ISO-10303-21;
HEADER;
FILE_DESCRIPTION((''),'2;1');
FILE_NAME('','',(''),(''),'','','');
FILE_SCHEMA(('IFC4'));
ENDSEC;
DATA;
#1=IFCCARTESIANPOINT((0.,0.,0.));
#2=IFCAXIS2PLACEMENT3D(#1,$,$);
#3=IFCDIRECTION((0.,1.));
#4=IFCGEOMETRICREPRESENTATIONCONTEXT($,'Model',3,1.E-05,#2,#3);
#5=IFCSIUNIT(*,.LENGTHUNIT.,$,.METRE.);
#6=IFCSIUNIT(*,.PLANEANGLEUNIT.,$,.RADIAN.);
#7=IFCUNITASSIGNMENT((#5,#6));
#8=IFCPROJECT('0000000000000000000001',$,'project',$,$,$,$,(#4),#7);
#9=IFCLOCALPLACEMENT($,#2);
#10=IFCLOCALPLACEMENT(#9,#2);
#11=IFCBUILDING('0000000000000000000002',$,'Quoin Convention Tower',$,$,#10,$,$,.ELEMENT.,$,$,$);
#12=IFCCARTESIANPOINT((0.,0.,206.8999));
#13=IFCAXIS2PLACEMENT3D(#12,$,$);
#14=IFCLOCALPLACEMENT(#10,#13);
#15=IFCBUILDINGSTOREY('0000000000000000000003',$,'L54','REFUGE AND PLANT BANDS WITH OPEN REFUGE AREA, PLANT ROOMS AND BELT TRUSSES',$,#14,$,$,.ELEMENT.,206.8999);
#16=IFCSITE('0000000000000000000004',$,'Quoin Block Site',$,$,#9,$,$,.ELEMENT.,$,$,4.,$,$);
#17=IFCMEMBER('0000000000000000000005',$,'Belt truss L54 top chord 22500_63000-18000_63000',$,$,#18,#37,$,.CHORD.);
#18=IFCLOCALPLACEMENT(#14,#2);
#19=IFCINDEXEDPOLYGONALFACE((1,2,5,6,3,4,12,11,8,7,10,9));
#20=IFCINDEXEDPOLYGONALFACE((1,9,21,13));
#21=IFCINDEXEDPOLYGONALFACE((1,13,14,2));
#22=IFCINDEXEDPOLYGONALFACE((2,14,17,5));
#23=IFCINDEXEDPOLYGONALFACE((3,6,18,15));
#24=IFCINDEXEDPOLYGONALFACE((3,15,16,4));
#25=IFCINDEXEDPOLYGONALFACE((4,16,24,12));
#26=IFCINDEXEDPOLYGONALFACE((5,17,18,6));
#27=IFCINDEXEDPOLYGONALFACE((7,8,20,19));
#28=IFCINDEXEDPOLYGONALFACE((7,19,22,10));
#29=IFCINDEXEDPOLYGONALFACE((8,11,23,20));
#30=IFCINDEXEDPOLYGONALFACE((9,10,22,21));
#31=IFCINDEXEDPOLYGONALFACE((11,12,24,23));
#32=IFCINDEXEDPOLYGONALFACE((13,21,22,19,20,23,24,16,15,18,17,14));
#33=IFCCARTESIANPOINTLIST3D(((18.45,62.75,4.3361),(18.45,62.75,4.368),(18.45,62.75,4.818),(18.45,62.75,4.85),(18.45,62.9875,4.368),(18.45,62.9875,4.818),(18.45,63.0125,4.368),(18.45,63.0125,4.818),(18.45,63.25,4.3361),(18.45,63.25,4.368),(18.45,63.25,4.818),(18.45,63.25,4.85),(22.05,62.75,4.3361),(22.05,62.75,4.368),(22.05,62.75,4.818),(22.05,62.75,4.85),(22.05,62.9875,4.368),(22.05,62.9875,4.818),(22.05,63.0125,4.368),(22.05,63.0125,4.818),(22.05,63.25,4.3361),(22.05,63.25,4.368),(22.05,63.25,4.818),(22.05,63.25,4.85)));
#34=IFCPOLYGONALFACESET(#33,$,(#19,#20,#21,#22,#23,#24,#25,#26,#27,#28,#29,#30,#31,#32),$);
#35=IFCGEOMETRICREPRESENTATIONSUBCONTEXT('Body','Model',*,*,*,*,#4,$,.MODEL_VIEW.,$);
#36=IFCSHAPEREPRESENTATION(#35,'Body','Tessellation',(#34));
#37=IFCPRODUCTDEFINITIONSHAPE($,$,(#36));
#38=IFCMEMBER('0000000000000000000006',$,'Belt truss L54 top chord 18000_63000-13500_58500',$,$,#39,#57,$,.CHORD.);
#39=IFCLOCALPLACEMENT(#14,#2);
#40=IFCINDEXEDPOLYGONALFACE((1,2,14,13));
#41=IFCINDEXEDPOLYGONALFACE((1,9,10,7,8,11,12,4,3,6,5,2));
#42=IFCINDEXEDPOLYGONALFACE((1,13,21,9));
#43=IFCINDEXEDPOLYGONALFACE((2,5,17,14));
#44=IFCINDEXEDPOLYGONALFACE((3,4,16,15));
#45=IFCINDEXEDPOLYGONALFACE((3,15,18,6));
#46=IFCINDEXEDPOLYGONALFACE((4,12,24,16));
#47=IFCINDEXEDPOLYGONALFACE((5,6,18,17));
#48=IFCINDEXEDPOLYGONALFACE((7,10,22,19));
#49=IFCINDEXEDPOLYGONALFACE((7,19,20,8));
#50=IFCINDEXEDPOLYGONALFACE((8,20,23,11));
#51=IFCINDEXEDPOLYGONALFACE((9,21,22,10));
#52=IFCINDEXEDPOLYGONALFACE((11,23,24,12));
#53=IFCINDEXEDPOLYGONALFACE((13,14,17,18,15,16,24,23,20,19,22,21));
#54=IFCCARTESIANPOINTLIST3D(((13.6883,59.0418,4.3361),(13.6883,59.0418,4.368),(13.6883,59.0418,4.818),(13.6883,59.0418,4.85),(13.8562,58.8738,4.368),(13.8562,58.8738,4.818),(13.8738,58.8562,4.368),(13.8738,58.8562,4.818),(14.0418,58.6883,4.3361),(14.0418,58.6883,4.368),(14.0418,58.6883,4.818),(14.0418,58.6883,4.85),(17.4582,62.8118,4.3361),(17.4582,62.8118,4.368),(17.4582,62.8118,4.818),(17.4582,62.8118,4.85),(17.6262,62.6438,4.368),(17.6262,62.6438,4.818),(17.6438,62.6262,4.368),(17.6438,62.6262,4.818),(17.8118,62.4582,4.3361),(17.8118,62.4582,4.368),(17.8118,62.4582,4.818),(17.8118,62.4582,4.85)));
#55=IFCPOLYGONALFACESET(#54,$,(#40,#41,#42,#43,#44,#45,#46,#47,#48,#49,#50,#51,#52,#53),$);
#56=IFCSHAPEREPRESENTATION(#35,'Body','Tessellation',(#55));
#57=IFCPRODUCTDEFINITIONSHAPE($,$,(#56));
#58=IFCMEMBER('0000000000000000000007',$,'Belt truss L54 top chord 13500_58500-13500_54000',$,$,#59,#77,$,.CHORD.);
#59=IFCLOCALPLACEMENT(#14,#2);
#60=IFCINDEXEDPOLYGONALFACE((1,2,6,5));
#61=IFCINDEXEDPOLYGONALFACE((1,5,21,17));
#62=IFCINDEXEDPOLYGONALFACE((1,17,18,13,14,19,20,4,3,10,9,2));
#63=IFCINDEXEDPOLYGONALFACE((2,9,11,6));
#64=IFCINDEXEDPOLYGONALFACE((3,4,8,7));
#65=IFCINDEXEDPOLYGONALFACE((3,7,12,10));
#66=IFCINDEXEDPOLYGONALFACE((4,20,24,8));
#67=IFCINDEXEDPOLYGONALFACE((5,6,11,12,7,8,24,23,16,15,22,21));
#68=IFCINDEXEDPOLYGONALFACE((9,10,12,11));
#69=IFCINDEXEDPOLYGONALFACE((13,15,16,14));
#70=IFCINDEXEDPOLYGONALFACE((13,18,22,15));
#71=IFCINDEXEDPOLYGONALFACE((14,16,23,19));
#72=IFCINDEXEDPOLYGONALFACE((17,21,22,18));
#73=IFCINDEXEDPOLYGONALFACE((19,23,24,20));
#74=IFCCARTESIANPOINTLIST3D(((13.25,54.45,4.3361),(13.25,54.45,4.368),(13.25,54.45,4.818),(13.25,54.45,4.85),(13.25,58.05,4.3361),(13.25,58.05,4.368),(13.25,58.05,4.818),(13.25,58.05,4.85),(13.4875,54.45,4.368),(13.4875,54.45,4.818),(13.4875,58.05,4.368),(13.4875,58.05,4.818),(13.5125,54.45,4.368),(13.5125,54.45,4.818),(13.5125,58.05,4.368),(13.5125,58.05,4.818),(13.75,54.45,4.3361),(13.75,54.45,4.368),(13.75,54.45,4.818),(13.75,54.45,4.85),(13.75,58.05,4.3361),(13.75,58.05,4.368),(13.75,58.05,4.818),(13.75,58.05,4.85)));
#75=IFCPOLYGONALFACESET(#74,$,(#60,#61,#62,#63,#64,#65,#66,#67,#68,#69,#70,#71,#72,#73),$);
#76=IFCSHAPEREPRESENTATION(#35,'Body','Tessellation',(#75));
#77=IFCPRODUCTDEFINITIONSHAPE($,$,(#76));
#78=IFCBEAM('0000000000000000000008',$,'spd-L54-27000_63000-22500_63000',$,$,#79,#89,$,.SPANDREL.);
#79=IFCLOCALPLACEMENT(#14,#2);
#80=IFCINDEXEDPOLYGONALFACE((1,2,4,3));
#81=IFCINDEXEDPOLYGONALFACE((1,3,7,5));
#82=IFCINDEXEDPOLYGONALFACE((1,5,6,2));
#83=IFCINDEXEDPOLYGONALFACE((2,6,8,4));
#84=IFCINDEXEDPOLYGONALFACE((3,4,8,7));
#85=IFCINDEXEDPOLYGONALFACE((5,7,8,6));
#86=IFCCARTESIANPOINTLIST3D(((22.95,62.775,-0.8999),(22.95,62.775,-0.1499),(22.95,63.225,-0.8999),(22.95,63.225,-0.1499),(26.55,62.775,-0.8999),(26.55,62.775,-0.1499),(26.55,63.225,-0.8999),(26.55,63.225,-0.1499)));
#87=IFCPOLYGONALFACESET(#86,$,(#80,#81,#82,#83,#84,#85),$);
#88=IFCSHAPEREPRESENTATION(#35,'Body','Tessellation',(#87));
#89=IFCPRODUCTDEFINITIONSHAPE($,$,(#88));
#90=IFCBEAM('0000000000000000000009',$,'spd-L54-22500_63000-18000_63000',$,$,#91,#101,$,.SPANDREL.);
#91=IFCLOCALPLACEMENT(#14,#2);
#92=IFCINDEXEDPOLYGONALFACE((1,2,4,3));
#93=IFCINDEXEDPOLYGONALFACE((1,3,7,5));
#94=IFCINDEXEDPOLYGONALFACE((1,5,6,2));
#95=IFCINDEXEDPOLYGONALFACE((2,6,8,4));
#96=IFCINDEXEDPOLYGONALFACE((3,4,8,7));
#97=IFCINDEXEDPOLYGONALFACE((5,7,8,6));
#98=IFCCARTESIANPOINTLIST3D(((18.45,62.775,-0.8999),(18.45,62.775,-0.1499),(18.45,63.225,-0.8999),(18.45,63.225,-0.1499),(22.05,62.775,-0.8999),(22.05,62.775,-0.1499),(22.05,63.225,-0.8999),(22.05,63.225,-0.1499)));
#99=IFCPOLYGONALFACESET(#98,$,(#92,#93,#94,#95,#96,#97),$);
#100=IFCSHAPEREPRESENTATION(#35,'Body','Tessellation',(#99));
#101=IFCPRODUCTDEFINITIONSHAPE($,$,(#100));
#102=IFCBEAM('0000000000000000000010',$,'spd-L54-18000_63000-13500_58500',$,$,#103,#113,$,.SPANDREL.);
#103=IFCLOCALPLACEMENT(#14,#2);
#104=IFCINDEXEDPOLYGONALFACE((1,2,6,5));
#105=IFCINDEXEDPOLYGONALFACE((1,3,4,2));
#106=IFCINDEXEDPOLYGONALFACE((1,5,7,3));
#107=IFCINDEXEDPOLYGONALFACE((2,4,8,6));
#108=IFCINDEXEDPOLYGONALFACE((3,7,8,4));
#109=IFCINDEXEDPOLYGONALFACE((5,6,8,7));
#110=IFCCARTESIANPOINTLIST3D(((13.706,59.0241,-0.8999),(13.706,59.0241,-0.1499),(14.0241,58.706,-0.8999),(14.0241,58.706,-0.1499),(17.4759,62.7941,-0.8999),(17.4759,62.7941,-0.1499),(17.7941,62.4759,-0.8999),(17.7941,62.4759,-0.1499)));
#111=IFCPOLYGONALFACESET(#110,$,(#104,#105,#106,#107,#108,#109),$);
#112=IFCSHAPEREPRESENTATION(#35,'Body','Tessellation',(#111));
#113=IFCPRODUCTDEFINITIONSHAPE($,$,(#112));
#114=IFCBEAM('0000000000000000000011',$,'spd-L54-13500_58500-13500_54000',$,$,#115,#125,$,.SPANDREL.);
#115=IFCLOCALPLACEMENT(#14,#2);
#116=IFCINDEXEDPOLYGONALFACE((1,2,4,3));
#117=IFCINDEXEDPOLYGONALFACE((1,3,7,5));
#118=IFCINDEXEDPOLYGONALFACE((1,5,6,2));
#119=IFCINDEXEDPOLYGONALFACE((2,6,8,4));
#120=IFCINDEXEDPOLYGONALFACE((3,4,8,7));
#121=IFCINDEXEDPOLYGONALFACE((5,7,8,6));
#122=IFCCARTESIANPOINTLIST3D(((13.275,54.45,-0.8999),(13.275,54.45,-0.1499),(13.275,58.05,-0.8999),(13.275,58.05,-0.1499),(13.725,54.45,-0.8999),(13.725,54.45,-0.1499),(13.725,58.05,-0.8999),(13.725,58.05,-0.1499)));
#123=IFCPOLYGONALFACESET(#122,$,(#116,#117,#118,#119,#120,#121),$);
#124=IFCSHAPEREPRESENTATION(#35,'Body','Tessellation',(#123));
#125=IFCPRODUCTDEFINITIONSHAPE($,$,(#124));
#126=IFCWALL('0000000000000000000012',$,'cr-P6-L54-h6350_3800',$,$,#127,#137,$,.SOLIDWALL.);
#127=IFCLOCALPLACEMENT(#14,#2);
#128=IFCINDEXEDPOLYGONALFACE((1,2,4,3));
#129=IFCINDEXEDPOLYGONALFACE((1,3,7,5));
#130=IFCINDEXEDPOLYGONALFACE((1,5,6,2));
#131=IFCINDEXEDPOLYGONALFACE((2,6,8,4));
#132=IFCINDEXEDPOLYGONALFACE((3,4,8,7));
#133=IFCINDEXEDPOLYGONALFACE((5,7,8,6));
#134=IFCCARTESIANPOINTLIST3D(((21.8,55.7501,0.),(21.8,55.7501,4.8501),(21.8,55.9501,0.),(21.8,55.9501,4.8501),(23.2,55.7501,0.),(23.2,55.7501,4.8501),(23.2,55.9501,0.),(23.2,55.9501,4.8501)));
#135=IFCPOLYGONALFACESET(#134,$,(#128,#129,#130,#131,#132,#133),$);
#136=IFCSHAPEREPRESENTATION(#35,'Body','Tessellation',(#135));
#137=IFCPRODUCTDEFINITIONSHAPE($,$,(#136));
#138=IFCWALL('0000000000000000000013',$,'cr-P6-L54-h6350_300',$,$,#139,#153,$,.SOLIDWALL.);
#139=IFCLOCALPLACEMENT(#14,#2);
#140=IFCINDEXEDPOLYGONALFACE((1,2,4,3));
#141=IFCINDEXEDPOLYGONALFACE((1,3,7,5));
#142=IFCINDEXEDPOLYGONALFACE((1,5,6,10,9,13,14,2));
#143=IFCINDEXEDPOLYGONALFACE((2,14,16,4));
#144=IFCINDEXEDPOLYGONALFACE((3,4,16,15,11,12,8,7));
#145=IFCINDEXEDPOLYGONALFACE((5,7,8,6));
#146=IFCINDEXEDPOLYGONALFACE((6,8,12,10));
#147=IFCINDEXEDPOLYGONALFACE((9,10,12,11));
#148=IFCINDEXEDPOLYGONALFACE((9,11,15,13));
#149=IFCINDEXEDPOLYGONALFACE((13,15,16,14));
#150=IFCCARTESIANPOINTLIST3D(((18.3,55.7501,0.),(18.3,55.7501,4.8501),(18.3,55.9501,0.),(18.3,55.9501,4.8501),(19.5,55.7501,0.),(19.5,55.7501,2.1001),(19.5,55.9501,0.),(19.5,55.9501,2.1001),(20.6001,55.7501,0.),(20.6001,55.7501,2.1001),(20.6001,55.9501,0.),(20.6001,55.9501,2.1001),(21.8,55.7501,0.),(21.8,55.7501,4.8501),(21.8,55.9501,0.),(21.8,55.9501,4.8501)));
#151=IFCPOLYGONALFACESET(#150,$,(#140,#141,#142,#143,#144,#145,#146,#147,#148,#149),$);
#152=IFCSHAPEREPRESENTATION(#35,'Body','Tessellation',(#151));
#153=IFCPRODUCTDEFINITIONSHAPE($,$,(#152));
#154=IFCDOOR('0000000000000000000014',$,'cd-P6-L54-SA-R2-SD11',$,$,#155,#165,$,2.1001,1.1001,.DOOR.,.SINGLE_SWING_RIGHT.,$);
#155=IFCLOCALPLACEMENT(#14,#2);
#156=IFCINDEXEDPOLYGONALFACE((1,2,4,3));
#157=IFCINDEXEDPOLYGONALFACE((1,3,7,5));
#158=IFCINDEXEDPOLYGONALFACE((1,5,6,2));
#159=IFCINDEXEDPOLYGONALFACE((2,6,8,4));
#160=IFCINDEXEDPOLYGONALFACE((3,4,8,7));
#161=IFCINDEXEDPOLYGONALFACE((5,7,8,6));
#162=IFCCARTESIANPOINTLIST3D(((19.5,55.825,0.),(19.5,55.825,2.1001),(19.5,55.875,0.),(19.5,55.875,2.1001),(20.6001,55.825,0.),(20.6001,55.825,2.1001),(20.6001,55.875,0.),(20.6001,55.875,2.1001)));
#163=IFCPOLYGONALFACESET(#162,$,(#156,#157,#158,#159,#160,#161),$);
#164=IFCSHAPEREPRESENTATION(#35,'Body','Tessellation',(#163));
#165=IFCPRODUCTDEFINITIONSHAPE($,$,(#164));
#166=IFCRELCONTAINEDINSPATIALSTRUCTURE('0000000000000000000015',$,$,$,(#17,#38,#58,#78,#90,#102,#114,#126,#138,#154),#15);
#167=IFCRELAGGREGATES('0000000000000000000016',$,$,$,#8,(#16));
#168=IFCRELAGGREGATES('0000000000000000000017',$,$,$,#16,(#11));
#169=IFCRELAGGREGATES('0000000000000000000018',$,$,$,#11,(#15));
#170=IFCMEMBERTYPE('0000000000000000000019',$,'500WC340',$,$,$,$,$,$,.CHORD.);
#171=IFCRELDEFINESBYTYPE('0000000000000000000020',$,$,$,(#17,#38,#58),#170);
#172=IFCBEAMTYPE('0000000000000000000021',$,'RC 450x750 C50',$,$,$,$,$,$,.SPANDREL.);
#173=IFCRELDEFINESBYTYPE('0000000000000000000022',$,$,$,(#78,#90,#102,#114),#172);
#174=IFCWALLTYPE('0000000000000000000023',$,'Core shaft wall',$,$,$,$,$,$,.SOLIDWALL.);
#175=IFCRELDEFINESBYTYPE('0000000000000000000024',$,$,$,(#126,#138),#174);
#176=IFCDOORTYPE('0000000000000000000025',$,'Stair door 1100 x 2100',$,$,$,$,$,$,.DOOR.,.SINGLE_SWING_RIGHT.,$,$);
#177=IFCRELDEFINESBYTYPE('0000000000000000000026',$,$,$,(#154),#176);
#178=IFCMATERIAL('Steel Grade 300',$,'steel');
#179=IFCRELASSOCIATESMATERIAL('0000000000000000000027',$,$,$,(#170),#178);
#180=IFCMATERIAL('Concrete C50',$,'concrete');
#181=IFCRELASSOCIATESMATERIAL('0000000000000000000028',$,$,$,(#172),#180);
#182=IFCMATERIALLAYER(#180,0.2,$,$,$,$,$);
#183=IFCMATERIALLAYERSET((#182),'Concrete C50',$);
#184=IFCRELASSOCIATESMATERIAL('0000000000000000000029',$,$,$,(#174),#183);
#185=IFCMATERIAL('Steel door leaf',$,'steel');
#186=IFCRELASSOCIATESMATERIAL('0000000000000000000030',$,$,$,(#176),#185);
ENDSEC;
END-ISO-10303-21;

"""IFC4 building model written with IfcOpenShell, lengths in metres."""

from ifc_helpers import new_model, si_unit, direction, frame, frame_2d, origin, origin_2d, place, context, subcontext, project, spatial, rectangle, i_section, extrude, material, layer, layer_set, material_profile, profile_set, type_object, element, fill, save


model = new_model("IFC4")

# Units and contexts
model_context = context("Model", 3, precision=1e-05, world=origin(), true_north=direction((0.0, 1.0)))
body_context = subcontext(model_context, "Body", "Model", "MODEL_VIEW")
ifc_project = project(units=[si_unit("LENGTHUNIT", "METRE"), si_unit("PLANEANGLEUNIT", "RADIAN")], contexts=[model_context])

# Site, building, storey
site_placement = place(None, origin())
site = spatial("IfcSite", under=ifc_project, at=site_placement, Name="Quoin Block Site", CompositionType="ELEMENT", RefElevation=4.0)
building_placement = place(site_placement, origin())
building = spatial("IfcBuilding", under=site, at=building_placement, Name="Quoin Convention Tower", CompositionType="ELEMENT")
storey_placement = place(building_placement, frame((0.0, 0.0, 206.8999)))
storey = spatial("IfcBuildingStorey", under=building, at=storey_placement, Name="L54", Description="REFUGE AND PLANT BANDS WITH OPEN REFUGE AREA, PLANT ROOMS AND BELT TRUSSES", CompositionType="ELEMENT", Elevation=206.8999)

# Shared definitions
ifc_material_1 = material(Name="Concrete C50", Category="concrete")

# Shared definitions
ifc_material_2 = material(Name="Steel Grade 300", Category="steel")

# Members
ifc_material_profile_1 = material_profile(ifc_material_2, i_section(OverallWidth=0.5, OverallDepth=0.5139, WebThickness=0.0249, FlangeThickness=0.032, at=origin_2d()), Name="500WC340")
ifc_profile_set_1 = profile_set([ifc_material_profile_1], Name="Steel Grade 300")
member_type_1 = type_object("IfcMemberType", Name="500WC340", PredefinedType="CHORD", material=ifc_profile_set_1)
for number, where, z_axis, x_axis, name in (
    (1, (22.05, 63.0, 4.593), (-1.0, 0.0, 0.0), (0.0, -1.0, 0.0), "Belt truss L54 top chord 22500_63000-18000_63000"),
):
    element("IfcMember", number, at=place(storey_placement, frame(where, z_axis=z_axis, x_axis=x_axis)), inside=storey, type_object=member_type_1, Name=name, PredefinedType="CHORD", context=body_context, shape_type="SweptSolid", body=[
        extrude(i_section(OverallWidth=0.5, OverallDepth=0.5139, WebThickness=0.0249, FlangeThickness=0.032, at=origin_2d()), origin(), (0.0, 0.0, 1.0), 3.6001),
    ])
member_1_placement = place(storey_placement, frame((17.635, 62.635, 4.593), z_axis=(-0.707107, -0.707107, 0.0), x_axis=(0.707107, -0.707107, 0.0)))
element("IfcMember", 2, at=member_1_placement, inside=storey, type_object=member_type_1, Name="Belt truss L54 top chord 18000_63000-13500_58500", PredefinedType="CHORD", context=body_context, shape_type="SweptSolid", body=[
    extrude(i_section(OverallWidth=0.5, OverallDepth=0.5139, WebThickness=0.0249, FlangeThickness=0.032, at=origin_2d()), origin(), (0.0, 0.0, 1.0), 5.3315),
])
member_2_placement = place(storey_placement, frame((13.5, 58.05, 4.593), z_axis=(0.0, -1.0, 0.0), x_axis=(1.0, 0.0, 0.0)))
element("IfcMember", 3, at=member_2_placement, inside=storey, type_object=member_type_1, Name="Belt truss L54 top chord 13500_58500-13500_54000", PredefinedType="CHORD", context=body_context, shape_type="SweptSolid", body=[
    extrude(i_section(OverallWidth=0.5, OverallDepth=0.5139, WebThickness=0.0249, FlangeThickness=0.032, at=origin_2d()), origin(), (0.0, 0.0, 1.0), 3.6001),
])

# Beams
ifc_material_profile_2 = material_profile(ifc_material_1, rectangle(XDim=0.45, YDim=0.75, at=origin_2d()), Name="RC 450x750")
ifc_profile_set_2 = profile_set([ifc_material_profile_2], Name="Concrete C50")
beam_type_1 = type_object("IfcBeamType", Name="RC 450x750 C50", PredefinedType="SPANDREL", material=ifc_profile_set_2)
for number, where, z_axis, x_axis, name in (
    (4, (26.55, 63.0, -0.5249), (-1.0, 0.0, 0.0), (0.0, -1.0, 0.0), "spd-L54-27000_63000-22500_63000"),
    (5, (22.05, 63.0, -0.5249), (-1.0, 0.0, 0.0), (0.0, -1.0, 0.0), "spd-L54-22500_63000-18000_63000"),
):
    element("IfcBeam", number, at=place(storey_placement, frame(where, z_axis=z_axis, x_axis=x_axis)), inside=storey, type_object=beam_type_1, Name=name, PredefinedType="SPANDREL", context=body_context, shape_type="SweptSolid", body=[
        extrude(rectangle(XDim=0.45, YDim=0.75, at=origin_2d()), origin(), (0.0, 0.0, 1.0), 3.6001),
    ])
beam_1_placement = place(storey_placement, frame((17.635, 62.635, -0.5249), z_axis=(-0.707107, -0.707107, 0.0), x_axis=(0.707107, -0.707107, 0.0)))
element("IfcBeam", 6, at=beam_1_placement, inside=storey, type_object=beam_type_1, Name="spd-L54-18000_63000-13500_58500", PredefinedType="SPANDREL", context=body_context, shape_type="SweptSolid", body=[
    extrude(rectangle(XDim=0.45, YDim=0.75, at=origin_2d()), origin(), (0.0, 0.0, 1.0), 5.3315),
])
beam_2_placement = place(storey_placement, frame((13.5, 58.05, -0.5249), z_axis=(0.0, -1.0, 0.0), x_axis=(1.0, 0.0, 0.0)))
element("IfcBeam", 7, at=beam_2_placement, inside=storey, type_object=beam_type_1, Name="spd-L54-13500_58500-13500_54000", PredefinedType="SPANDREL", context=body_context, shape_type="SweptSolid", body=[
    extrude(rectangle(XDim=0.45, YDim=0.75, at=origin_2d()), origin(), (0.0, 0.0, 1.0), 3.6001),
])

# Wall
ifc_layer_1 = layer(ifc_material_1, 0.2)
ifc_layer_set_1 = layer_set([ifc_layer_1], Name="Concrete C50")
wall_type_1 = type_object("IfcWallType", Name="Core shaft wall", PredefinedType="SOLIDWALL", material=ifc_layer_set_1)
wall_1_placement = place(storey_placement, frame((21.8, 55.8501, 0.0), z_axis=(0.0, 0.0, 1.0), x_axis=(1.0, 0.0, 0.0)))
element("IfcWall", 8, at=wall_1_placement, inside=storey, type_object=wall_type_1, Name="cr-P6-L54-h6350_3800", PredefinedType="SOLIDWALL", context=body_context, shape_type="SweptSolid", body=[
    extrude(rectangle(XDim=1.3999, YDim=0.2, at=frame_2d((0.7, 0.0))), origin(), (0.0, 0.0, 1.0), 4.8501),
])

# Wall, opening, door
wall_2_placement = place(storey_placement, frame((18.3, 55.8501, 0.0), z_axis=(0.0, 0.0, 1.0), x_axis=(1.0, 0.0, 0.0)))
wall_2 = element("IfcWall", 9, at=wall_2_placement, inside=storey, type_object=wall_type_1, Name="cr-P6-L54-h6350_300", PredefinedType="SOLIDWALL", context=body_context, shape_type="SweptSolid", body=[
    extrude(rectangle(XDim=3.5, YDim=0.2, at=frame_2d((1.75, 0.0))), origin(), (0.0, 0.0, 1.0), 4.8501),
])
opening_1_placement = place(wall_2_placement, frame((1.2, 0.0, 0.0)))
opening_1 = element("IfcOpeningElement", 10, at=opening_1_placement, cuts=wall_2, PredefinedType="OPENING", context=body_context, shape_type="SweptSolid", body=[
    extrude(rectangle(XDim=1.1001, YDim=2.1001, at=frame_2d((0.55, 1.05))), frame((0.0, 0.1099, 0.0), z_axis=(0.0, -1.0, 0.0), x_axis=(1.0, 0.0, 0.0)), (0.0, 0.0, 1.0), 0.22),
])
ifc_material_3 = material(Name="Steel door leaf", Category="steel")
door_type_1 = type_object("IfcDoorType", Name="Stair door 1100 x 2100", OperationType="SINGLE_SWING_RIGHT", PredefinedType="DOOR", material=ifc_material_3)
door_1_placement = place(opening_1_placement, origin())
door_1 = element("IfcDoor", 11, at=door_1_placement, inside=storey, type_object=door_type_1, Name="cd-P6-L54-SA-R2-SD11", OperationType="SINGLE_SWING_RIGHT", OverallHeight=2.1001, OverallWidth=1.1001, PredefinedType="DOOR", context=body_context, shape_type="SweptSolid", body=[
    extrude(rectangle(XDim=1.1001, YDim=2.1001, at=frame_2d((0.55, 1.05))), frame((0.0, 0.0249, 0.0), z_axis=(0.0, -1.0, 0.0), x_axis=(1.0, 0.0, 0.0)), (0.0, 0.0, 1.0), 0.05),
])
fill(opening_1, door_1)

save(model, "model.ifc")
